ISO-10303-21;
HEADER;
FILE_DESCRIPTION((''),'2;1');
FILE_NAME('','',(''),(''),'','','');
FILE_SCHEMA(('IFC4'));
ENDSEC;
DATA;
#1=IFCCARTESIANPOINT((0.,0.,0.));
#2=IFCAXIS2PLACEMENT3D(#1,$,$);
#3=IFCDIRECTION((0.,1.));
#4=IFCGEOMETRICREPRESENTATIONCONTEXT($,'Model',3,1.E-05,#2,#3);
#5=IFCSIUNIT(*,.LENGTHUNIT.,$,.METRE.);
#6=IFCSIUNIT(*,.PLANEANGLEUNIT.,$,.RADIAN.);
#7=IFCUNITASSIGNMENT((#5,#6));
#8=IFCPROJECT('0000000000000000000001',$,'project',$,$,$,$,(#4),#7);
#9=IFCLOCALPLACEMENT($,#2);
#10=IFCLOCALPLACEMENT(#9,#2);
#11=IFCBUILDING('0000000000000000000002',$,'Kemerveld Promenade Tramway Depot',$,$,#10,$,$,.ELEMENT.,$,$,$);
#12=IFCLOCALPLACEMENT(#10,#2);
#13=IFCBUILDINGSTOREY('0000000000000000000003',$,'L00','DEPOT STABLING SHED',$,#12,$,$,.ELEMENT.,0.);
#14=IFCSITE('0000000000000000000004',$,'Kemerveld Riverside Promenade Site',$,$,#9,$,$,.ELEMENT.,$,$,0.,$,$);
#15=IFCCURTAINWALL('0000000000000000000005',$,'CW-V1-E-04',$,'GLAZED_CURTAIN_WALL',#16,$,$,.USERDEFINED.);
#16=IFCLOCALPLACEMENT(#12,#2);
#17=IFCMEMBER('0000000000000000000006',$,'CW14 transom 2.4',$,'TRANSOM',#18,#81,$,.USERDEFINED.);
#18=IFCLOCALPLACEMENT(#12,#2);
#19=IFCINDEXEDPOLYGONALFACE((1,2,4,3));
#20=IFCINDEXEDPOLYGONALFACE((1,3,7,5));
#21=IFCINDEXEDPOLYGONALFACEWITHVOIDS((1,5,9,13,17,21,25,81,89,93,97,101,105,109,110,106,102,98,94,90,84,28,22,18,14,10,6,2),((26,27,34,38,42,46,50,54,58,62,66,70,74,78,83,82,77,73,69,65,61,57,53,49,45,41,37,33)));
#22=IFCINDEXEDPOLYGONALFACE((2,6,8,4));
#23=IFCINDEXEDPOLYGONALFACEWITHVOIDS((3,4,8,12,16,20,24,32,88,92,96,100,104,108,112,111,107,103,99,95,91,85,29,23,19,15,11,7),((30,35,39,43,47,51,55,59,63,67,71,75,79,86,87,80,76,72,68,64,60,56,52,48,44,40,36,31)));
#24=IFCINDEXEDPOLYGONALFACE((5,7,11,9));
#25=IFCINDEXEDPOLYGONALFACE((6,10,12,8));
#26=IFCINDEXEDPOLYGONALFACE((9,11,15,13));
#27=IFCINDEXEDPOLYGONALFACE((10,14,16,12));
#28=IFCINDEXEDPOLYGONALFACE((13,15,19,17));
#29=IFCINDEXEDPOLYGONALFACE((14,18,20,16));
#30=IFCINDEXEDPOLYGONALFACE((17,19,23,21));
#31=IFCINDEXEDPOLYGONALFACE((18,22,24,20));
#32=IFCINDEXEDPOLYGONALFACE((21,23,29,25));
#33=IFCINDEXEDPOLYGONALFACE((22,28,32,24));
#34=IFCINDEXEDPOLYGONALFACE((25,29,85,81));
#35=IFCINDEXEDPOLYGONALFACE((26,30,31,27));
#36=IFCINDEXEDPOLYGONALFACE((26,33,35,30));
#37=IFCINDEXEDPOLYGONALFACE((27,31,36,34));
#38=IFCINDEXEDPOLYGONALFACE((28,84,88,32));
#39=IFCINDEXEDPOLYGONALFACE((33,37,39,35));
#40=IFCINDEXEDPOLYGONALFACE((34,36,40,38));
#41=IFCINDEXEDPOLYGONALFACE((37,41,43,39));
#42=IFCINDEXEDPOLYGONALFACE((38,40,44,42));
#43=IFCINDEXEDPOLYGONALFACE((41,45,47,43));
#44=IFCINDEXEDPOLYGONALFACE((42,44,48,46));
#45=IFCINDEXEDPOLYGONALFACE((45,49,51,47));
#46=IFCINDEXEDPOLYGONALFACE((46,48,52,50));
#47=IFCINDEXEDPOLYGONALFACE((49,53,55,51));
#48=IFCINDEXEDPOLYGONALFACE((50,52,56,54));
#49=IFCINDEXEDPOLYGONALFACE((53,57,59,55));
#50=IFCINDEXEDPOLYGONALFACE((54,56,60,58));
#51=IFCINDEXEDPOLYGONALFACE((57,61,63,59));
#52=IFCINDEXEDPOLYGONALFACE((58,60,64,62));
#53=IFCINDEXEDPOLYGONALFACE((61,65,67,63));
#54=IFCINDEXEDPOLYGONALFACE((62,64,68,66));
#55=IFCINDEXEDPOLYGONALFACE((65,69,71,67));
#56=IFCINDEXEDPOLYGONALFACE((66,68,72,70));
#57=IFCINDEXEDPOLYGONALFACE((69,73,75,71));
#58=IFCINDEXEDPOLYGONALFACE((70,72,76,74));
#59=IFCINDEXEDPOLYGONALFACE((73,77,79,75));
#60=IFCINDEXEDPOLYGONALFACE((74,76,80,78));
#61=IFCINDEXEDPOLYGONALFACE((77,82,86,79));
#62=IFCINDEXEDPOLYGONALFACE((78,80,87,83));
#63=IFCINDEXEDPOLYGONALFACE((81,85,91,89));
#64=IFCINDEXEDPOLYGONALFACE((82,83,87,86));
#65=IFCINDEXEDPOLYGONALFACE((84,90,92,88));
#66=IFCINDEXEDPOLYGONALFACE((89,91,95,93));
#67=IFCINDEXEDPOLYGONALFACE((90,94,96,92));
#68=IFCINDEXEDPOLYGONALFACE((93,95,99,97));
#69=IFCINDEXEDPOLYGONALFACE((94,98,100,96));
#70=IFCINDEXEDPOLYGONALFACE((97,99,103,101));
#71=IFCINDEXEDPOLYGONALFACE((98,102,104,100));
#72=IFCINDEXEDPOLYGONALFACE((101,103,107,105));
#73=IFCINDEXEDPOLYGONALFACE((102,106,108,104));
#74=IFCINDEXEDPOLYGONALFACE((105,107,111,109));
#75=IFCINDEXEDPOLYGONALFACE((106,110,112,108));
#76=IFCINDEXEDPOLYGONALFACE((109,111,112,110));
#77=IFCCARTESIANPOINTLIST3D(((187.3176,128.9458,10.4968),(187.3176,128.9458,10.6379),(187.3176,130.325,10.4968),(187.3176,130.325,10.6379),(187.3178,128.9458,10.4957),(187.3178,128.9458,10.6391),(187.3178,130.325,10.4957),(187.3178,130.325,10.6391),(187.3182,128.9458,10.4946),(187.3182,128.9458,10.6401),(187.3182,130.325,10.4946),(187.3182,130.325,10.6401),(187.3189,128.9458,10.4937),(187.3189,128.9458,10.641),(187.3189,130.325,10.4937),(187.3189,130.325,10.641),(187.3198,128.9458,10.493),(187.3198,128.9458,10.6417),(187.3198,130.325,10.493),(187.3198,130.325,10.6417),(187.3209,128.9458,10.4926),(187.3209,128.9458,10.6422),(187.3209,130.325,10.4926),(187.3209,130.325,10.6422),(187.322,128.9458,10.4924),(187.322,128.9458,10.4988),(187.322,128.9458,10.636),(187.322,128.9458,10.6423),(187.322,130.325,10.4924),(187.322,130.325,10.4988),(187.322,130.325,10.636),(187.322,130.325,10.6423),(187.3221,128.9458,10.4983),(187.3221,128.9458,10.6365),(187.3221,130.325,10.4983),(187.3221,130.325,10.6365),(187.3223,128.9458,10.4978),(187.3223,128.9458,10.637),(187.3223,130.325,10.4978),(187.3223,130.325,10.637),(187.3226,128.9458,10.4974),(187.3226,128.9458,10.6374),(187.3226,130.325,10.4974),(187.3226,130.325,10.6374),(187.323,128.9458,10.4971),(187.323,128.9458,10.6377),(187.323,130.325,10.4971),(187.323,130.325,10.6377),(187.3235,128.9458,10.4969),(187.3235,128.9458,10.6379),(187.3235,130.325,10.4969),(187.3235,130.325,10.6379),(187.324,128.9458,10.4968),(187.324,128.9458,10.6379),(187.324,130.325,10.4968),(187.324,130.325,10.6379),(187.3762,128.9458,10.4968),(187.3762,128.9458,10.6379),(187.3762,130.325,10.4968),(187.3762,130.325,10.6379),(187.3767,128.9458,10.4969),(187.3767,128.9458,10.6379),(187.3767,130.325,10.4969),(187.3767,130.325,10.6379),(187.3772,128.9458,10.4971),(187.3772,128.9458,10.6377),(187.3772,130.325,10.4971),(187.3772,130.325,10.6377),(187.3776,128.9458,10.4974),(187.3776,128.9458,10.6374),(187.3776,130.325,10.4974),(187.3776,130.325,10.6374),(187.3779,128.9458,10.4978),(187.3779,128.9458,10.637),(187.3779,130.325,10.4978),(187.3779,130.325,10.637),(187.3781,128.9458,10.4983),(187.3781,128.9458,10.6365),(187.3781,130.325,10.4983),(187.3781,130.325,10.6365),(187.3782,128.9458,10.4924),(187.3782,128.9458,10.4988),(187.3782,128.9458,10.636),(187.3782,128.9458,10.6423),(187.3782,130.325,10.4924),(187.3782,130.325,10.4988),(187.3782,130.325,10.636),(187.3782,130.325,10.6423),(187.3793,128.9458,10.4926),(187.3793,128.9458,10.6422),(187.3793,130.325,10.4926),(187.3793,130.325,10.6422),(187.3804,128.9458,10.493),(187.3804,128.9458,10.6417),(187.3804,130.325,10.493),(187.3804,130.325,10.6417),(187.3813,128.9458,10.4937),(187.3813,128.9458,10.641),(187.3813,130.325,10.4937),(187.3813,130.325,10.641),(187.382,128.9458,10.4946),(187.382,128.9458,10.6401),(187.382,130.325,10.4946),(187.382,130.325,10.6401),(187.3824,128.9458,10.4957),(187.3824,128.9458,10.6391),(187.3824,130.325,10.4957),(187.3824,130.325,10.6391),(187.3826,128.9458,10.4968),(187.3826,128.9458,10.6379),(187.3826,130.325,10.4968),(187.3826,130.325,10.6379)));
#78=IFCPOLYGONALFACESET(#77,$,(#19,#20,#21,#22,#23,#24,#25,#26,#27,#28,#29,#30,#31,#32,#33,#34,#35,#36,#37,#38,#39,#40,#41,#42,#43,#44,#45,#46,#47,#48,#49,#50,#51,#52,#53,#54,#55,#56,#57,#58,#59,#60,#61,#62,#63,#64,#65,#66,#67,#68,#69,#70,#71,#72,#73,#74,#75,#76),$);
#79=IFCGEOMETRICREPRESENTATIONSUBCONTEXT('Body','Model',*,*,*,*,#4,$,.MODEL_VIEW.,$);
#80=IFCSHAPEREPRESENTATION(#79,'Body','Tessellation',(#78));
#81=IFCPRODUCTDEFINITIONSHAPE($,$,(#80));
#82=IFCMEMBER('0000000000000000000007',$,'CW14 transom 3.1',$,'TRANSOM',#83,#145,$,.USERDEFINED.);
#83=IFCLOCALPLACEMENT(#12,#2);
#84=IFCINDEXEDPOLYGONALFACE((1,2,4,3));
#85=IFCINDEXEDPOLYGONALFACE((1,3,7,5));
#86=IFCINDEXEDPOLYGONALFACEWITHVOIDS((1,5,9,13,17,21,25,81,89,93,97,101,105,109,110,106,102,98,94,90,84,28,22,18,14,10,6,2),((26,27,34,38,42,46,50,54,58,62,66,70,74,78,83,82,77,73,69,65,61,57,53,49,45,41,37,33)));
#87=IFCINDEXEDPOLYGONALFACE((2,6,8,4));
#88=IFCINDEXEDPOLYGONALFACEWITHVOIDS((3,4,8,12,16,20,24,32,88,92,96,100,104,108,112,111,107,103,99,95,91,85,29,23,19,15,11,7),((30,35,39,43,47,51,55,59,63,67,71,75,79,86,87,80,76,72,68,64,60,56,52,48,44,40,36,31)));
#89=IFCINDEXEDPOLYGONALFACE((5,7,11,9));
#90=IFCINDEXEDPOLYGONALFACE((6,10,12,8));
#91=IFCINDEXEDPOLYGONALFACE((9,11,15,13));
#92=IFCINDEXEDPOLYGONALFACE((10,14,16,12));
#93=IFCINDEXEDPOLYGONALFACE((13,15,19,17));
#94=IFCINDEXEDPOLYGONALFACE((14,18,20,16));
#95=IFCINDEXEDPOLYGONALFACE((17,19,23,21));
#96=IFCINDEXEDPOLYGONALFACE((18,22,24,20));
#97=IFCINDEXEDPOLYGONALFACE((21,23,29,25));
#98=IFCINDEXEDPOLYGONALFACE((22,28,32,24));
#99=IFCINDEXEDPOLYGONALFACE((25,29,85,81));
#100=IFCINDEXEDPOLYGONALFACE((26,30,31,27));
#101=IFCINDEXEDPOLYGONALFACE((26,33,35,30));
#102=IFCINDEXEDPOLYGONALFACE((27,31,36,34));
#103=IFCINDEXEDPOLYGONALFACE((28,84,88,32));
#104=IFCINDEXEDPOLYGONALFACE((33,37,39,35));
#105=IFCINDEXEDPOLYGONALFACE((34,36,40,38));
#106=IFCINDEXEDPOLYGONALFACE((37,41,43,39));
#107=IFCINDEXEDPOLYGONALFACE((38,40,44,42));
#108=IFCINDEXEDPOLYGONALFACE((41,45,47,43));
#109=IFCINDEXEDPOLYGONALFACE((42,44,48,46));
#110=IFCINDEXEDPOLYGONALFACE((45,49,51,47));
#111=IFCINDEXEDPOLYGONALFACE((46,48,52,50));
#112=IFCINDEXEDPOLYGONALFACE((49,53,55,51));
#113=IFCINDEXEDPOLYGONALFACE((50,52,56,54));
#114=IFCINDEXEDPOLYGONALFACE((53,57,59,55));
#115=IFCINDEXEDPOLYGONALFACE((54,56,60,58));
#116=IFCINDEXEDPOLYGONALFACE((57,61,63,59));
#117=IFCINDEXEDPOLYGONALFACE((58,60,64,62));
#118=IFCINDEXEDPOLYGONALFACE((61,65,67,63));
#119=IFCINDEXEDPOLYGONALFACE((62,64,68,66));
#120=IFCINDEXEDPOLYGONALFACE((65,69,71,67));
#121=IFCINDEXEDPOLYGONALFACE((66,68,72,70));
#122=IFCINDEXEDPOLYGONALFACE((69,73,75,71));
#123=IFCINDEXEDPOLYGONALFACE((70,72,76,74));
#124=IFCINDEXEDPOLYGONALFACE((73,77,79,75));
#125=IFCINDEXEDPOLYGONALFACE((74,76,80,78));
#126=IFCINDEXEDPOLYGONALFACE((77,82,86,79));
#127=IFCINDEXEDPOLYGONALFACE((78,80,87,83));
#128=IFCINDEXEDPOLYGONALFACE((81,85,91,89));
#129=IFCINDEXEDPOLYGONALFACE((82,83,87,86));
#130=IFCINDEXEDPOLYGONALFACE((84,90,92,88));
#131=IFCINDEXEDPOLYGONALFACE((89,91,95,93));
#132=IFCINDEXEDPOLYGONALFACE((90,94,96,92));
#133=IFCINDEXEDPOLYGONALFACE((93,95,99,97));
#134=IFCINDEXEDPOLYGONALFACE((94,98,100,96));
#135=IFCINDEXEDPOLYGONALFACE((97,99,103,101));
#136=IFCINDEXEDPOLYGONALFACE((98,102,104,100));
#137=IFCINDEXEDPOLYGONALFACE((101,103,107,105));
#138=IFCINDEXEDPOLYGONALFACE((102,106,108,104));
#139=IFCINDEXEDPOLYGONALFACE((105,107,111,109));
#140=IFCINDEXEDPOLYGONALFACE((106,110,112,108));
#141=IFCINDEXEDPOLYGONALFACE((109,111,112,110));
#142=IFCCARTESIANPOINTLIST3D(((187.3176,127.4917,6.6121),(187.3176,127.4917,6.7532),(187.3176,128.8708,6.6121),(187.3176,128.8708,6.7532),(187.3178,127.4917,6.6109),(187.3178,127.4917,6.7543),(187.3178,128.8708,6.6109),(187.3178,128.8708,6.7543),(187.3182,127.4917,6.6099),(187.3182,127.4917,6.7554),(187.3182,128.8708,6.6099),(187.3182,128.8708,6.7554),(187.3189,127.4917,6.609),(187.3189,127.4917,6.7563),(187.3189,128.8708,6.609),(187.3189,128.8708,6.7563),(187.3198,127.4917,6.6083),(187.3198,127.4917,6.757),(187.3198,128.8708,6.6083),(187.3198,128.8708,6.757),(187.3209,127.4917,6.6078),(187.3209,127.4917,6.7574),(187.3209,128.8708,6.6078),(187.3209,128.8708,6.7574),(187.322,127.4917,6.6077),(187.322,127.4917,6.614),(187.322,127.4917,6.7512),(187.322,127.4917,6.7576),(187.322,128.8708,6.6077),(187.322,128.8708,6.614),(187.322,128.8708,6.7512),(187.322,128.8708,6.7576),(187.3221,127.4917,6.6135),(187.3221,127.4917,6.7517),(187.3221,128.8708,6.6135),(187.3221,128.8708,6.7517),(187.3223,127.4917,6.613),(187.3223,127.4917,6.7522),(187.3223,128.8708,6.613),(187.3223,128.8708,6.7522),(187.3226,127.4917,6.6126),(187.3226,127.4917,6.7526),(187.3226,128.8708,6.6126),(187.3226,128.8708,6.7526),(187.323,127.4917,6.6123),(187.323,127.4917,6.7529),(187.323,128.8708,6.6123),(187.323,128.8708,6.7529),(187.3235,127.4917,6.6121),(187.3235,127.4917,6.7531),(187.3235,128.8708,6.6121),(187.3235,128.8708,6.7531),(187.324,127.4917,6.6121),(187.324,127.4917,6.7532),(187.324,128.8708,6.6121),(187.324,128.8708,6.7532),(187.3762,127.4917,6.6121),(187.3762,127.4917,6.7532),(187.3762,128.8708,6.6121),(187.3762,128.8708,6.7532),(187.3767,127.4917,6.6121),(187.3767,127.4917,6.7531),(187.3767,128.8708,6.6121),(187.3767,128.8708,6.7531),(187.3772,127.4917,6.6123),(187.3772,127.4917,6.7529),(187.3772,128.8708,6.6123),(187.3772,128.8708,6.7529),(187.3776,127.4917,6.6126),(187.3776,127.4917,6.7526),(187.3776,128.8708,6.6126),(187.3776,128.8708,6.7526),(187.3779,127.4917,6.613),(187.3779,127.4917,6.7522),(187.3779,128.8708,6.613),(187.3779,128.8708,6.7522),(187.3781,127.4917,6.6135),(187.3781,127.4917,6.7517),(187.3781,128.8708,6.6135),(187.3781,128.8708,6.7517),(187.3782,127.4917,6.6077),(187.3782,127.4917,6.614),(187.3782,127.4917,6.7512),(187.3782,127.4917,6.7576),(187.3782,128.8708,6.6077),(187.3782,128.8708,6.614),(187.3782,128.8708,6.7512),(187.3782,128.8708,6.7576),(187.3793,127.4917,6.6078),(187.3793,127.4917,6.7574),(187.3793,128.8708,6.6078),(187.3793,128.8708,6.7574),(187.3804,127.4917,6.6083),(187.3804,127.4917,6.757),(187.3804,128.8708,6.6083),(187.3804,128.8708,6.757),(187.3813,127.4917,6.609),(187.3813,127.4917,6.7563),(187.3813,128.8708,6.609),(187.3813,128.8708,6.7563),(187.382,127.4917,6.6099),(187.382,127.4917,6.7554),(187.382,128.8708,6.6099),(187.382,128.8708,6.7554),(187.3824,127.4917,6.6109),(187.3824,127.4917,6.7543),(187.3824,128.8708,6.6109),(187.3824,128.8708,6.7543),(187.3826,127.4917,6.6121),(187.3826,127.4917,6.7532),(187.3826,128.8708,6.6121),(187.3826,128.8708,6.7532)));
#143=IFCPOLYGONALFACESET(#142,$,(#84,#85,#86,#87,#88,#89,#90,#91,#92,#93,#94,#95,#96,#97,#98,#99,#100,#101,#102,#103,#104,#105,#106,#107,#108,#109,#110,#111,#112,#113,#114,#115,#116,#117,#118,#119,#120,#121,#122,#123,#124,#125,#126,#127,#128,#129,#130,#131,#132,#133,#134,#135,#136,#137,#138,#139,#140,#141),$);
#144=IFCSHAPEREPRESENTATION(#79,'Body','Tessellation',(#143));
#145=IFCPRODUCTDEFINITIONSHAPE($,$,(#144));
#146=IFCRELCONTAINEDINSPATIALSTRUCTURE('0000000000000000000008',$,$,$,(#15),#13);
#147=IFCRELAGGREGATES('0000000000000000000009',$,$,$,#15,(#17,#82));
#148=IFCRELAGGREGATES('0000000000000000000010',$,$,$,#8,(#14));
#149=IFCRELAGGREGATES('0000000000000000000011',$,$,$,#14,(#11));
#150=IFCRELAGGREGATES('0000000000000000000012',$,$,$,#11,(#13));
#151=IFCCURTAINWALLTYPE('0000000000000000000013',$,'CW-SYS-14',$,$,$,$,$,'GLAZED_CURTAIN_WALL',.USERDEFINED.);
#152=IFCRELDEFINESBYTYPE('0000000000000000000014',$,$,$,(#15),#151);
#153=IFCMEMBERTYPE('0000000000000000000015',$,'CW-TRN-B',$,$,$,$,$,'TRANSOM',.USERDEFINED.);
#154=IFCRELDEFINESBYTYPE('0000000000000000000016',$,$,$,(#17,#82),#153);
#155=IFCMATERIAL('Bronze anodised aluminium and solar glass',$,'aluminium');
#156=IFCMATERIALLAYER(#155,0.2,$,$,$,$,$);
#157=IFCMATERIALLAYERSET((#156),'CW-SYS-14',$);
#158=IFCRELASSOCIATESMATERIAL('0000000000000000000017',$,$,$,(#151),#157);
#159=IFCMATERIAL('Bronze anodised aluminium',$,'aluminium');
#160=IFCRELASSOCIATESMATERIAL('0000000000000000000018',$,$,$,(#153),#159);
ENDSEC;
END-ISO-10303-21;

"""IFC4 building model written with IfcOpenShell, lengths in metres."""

from ifc_helpers import new_model, si_unit, direction, frame, origin, origin_2d, place, context, subcontext, project, spatial, hollow_rectangle, extrude, material, layer, layer_set, material_profile, profile_set, type_object, element, aggregate, save


model = new_model("IFC4")

# Units and contexts
model_context = context("Model", 3, precision=1e-05, world=origin(), true_north=direction((0.0, 1.0)))
body_context = subcontext(model_context, "Body", "Model", "MODEL_VIEW")
ifc_project = project(units=[si_unit("LENGTHUNIT", "METRE"), si_unit("PLANEANGLEUNIT", "RADIAN")], contexts=[model_context])

# Site, building, storey
site_placement = place(None, origin())
site = spatial("IfcSite", under=ifc_project, at=site_placement, Name="Kemerveld Riverside Promenade Site", CompositionType="ELEMENT", RefElevation=0.0)
building_placement = place(site_placement, origin())
building = spatial("IfcBuilding", under=site, at=building_placement, Name="Kemerveld Promenade Tramway Depot", CompositionType="ELEMENT")
storey_placement = place(building_placement, origin())
storey = spatial("IfcBuildingStorey", under=building, at=storey_placement, Name="L00", Description="DEPOT STABLING SHED", CompositionType="ELEMENT", Elevation=0.0)

# Curtain wall, members
ifc_material_1 = material(Name="Bronze anodised aluminium and solar glass", Category="aluminium")
ifc_layer_1 = layer(ifc_material_1, 0.2)
ifc_layer_set_1 = layer_set([ifc_layer_1], Name="CW-SYS-14")
curtain_wall_type = type_object("IfcCurtainWallType", Name="CW-SYS-14", ElementType="GLAZED_CURTAIN_WALL", PredefinedType="USERDEFINED", material=ifc_layer_set_1)
curtain_wall_placement = place(storey_placement, origin())
curtain_wall = element("IfcCurtainWall", 1, at=curtain_wall_placement, inside=storey, type_object=curtain_wall_type, Name="CW-V1-E-04", ObjectType="GLAZED_CURTAIN_WALL", PredefinedType="USERDEFINED")
ifc_material_2 = material(Name="Bronze anodised aluminium", Category="aluminium")
ifc_material_profile_1 = material_profile(ifc_material_2, hollow_rectangle(XDim=0.0649, YDim=0.1499, WallThickness=0.0044, InnerFilletRadius=0.002, OuterFilletRadius=0.0044, at=origin_2d()), Name="CW-TRN-150x65")
ifc_profile_set_1 = profile_set([ifc_material_profile_1], Name="Bronze anodised aluminium")
member_type_1 = type_object("IfcMemberType", Name="CW-TRN-B", ElementType="TRANSOM", PredefinedType="USERDEFINED", material=ifc_profile_set_1)
member_1_placement = place(storey_placement, frame((187.3501, 130.325, 10.5674), z_axis=(0.0, -1.0, 0.0), x_axis=(1.0, 0.0, 0.0)))
member_1 = element("IfcMember", 2, at=member_1_placement, type_object=member_type_1, Name="CW14 transom 2.4", ObjectType="TRANSOM", PredefinedType="USERDEFINED", context=body_context, shape_type="SweptSolid", body=[
    extrude(hollow_rectangle(XDim=0.0649, YDim=0.1499, WallThickness=0.0044, InnerFilletRadius=0.002, OuterFilletRadius=0.0044, at=origin_2d()), origin(), (0.0, 0.0, 1.0), 1.3792),
])
member_2_placement = place(storey_placement, frame((187.3501, 128.8708, 6.6826), z_axis=(0.0, -1.0, 0.0), x_axis=(1.0, 0.0, 0.0)))
member_2 = element("IfcMember", 3, at=member_2_placement, type_object=member_type_1, Name="CW14 transom 3.1", ObjectType="TRANSOM", PredefinedType="USERDEFINED", context=body_context, shape_type="SweptSolid", body=[
    extrude(hollow_rectangle(XDim=0.0649, YDim=0.1499, WallThickness=0.0044, InnerFilletRadius=0.002, OuterFilletRadius=0.0044, at=origin_2d()), origin(), (0.0, 0.0, 1.0), 1.3792),
])

aggregate(curtain_wall, [member_1, member_2])

save(model, "model.ifc")
